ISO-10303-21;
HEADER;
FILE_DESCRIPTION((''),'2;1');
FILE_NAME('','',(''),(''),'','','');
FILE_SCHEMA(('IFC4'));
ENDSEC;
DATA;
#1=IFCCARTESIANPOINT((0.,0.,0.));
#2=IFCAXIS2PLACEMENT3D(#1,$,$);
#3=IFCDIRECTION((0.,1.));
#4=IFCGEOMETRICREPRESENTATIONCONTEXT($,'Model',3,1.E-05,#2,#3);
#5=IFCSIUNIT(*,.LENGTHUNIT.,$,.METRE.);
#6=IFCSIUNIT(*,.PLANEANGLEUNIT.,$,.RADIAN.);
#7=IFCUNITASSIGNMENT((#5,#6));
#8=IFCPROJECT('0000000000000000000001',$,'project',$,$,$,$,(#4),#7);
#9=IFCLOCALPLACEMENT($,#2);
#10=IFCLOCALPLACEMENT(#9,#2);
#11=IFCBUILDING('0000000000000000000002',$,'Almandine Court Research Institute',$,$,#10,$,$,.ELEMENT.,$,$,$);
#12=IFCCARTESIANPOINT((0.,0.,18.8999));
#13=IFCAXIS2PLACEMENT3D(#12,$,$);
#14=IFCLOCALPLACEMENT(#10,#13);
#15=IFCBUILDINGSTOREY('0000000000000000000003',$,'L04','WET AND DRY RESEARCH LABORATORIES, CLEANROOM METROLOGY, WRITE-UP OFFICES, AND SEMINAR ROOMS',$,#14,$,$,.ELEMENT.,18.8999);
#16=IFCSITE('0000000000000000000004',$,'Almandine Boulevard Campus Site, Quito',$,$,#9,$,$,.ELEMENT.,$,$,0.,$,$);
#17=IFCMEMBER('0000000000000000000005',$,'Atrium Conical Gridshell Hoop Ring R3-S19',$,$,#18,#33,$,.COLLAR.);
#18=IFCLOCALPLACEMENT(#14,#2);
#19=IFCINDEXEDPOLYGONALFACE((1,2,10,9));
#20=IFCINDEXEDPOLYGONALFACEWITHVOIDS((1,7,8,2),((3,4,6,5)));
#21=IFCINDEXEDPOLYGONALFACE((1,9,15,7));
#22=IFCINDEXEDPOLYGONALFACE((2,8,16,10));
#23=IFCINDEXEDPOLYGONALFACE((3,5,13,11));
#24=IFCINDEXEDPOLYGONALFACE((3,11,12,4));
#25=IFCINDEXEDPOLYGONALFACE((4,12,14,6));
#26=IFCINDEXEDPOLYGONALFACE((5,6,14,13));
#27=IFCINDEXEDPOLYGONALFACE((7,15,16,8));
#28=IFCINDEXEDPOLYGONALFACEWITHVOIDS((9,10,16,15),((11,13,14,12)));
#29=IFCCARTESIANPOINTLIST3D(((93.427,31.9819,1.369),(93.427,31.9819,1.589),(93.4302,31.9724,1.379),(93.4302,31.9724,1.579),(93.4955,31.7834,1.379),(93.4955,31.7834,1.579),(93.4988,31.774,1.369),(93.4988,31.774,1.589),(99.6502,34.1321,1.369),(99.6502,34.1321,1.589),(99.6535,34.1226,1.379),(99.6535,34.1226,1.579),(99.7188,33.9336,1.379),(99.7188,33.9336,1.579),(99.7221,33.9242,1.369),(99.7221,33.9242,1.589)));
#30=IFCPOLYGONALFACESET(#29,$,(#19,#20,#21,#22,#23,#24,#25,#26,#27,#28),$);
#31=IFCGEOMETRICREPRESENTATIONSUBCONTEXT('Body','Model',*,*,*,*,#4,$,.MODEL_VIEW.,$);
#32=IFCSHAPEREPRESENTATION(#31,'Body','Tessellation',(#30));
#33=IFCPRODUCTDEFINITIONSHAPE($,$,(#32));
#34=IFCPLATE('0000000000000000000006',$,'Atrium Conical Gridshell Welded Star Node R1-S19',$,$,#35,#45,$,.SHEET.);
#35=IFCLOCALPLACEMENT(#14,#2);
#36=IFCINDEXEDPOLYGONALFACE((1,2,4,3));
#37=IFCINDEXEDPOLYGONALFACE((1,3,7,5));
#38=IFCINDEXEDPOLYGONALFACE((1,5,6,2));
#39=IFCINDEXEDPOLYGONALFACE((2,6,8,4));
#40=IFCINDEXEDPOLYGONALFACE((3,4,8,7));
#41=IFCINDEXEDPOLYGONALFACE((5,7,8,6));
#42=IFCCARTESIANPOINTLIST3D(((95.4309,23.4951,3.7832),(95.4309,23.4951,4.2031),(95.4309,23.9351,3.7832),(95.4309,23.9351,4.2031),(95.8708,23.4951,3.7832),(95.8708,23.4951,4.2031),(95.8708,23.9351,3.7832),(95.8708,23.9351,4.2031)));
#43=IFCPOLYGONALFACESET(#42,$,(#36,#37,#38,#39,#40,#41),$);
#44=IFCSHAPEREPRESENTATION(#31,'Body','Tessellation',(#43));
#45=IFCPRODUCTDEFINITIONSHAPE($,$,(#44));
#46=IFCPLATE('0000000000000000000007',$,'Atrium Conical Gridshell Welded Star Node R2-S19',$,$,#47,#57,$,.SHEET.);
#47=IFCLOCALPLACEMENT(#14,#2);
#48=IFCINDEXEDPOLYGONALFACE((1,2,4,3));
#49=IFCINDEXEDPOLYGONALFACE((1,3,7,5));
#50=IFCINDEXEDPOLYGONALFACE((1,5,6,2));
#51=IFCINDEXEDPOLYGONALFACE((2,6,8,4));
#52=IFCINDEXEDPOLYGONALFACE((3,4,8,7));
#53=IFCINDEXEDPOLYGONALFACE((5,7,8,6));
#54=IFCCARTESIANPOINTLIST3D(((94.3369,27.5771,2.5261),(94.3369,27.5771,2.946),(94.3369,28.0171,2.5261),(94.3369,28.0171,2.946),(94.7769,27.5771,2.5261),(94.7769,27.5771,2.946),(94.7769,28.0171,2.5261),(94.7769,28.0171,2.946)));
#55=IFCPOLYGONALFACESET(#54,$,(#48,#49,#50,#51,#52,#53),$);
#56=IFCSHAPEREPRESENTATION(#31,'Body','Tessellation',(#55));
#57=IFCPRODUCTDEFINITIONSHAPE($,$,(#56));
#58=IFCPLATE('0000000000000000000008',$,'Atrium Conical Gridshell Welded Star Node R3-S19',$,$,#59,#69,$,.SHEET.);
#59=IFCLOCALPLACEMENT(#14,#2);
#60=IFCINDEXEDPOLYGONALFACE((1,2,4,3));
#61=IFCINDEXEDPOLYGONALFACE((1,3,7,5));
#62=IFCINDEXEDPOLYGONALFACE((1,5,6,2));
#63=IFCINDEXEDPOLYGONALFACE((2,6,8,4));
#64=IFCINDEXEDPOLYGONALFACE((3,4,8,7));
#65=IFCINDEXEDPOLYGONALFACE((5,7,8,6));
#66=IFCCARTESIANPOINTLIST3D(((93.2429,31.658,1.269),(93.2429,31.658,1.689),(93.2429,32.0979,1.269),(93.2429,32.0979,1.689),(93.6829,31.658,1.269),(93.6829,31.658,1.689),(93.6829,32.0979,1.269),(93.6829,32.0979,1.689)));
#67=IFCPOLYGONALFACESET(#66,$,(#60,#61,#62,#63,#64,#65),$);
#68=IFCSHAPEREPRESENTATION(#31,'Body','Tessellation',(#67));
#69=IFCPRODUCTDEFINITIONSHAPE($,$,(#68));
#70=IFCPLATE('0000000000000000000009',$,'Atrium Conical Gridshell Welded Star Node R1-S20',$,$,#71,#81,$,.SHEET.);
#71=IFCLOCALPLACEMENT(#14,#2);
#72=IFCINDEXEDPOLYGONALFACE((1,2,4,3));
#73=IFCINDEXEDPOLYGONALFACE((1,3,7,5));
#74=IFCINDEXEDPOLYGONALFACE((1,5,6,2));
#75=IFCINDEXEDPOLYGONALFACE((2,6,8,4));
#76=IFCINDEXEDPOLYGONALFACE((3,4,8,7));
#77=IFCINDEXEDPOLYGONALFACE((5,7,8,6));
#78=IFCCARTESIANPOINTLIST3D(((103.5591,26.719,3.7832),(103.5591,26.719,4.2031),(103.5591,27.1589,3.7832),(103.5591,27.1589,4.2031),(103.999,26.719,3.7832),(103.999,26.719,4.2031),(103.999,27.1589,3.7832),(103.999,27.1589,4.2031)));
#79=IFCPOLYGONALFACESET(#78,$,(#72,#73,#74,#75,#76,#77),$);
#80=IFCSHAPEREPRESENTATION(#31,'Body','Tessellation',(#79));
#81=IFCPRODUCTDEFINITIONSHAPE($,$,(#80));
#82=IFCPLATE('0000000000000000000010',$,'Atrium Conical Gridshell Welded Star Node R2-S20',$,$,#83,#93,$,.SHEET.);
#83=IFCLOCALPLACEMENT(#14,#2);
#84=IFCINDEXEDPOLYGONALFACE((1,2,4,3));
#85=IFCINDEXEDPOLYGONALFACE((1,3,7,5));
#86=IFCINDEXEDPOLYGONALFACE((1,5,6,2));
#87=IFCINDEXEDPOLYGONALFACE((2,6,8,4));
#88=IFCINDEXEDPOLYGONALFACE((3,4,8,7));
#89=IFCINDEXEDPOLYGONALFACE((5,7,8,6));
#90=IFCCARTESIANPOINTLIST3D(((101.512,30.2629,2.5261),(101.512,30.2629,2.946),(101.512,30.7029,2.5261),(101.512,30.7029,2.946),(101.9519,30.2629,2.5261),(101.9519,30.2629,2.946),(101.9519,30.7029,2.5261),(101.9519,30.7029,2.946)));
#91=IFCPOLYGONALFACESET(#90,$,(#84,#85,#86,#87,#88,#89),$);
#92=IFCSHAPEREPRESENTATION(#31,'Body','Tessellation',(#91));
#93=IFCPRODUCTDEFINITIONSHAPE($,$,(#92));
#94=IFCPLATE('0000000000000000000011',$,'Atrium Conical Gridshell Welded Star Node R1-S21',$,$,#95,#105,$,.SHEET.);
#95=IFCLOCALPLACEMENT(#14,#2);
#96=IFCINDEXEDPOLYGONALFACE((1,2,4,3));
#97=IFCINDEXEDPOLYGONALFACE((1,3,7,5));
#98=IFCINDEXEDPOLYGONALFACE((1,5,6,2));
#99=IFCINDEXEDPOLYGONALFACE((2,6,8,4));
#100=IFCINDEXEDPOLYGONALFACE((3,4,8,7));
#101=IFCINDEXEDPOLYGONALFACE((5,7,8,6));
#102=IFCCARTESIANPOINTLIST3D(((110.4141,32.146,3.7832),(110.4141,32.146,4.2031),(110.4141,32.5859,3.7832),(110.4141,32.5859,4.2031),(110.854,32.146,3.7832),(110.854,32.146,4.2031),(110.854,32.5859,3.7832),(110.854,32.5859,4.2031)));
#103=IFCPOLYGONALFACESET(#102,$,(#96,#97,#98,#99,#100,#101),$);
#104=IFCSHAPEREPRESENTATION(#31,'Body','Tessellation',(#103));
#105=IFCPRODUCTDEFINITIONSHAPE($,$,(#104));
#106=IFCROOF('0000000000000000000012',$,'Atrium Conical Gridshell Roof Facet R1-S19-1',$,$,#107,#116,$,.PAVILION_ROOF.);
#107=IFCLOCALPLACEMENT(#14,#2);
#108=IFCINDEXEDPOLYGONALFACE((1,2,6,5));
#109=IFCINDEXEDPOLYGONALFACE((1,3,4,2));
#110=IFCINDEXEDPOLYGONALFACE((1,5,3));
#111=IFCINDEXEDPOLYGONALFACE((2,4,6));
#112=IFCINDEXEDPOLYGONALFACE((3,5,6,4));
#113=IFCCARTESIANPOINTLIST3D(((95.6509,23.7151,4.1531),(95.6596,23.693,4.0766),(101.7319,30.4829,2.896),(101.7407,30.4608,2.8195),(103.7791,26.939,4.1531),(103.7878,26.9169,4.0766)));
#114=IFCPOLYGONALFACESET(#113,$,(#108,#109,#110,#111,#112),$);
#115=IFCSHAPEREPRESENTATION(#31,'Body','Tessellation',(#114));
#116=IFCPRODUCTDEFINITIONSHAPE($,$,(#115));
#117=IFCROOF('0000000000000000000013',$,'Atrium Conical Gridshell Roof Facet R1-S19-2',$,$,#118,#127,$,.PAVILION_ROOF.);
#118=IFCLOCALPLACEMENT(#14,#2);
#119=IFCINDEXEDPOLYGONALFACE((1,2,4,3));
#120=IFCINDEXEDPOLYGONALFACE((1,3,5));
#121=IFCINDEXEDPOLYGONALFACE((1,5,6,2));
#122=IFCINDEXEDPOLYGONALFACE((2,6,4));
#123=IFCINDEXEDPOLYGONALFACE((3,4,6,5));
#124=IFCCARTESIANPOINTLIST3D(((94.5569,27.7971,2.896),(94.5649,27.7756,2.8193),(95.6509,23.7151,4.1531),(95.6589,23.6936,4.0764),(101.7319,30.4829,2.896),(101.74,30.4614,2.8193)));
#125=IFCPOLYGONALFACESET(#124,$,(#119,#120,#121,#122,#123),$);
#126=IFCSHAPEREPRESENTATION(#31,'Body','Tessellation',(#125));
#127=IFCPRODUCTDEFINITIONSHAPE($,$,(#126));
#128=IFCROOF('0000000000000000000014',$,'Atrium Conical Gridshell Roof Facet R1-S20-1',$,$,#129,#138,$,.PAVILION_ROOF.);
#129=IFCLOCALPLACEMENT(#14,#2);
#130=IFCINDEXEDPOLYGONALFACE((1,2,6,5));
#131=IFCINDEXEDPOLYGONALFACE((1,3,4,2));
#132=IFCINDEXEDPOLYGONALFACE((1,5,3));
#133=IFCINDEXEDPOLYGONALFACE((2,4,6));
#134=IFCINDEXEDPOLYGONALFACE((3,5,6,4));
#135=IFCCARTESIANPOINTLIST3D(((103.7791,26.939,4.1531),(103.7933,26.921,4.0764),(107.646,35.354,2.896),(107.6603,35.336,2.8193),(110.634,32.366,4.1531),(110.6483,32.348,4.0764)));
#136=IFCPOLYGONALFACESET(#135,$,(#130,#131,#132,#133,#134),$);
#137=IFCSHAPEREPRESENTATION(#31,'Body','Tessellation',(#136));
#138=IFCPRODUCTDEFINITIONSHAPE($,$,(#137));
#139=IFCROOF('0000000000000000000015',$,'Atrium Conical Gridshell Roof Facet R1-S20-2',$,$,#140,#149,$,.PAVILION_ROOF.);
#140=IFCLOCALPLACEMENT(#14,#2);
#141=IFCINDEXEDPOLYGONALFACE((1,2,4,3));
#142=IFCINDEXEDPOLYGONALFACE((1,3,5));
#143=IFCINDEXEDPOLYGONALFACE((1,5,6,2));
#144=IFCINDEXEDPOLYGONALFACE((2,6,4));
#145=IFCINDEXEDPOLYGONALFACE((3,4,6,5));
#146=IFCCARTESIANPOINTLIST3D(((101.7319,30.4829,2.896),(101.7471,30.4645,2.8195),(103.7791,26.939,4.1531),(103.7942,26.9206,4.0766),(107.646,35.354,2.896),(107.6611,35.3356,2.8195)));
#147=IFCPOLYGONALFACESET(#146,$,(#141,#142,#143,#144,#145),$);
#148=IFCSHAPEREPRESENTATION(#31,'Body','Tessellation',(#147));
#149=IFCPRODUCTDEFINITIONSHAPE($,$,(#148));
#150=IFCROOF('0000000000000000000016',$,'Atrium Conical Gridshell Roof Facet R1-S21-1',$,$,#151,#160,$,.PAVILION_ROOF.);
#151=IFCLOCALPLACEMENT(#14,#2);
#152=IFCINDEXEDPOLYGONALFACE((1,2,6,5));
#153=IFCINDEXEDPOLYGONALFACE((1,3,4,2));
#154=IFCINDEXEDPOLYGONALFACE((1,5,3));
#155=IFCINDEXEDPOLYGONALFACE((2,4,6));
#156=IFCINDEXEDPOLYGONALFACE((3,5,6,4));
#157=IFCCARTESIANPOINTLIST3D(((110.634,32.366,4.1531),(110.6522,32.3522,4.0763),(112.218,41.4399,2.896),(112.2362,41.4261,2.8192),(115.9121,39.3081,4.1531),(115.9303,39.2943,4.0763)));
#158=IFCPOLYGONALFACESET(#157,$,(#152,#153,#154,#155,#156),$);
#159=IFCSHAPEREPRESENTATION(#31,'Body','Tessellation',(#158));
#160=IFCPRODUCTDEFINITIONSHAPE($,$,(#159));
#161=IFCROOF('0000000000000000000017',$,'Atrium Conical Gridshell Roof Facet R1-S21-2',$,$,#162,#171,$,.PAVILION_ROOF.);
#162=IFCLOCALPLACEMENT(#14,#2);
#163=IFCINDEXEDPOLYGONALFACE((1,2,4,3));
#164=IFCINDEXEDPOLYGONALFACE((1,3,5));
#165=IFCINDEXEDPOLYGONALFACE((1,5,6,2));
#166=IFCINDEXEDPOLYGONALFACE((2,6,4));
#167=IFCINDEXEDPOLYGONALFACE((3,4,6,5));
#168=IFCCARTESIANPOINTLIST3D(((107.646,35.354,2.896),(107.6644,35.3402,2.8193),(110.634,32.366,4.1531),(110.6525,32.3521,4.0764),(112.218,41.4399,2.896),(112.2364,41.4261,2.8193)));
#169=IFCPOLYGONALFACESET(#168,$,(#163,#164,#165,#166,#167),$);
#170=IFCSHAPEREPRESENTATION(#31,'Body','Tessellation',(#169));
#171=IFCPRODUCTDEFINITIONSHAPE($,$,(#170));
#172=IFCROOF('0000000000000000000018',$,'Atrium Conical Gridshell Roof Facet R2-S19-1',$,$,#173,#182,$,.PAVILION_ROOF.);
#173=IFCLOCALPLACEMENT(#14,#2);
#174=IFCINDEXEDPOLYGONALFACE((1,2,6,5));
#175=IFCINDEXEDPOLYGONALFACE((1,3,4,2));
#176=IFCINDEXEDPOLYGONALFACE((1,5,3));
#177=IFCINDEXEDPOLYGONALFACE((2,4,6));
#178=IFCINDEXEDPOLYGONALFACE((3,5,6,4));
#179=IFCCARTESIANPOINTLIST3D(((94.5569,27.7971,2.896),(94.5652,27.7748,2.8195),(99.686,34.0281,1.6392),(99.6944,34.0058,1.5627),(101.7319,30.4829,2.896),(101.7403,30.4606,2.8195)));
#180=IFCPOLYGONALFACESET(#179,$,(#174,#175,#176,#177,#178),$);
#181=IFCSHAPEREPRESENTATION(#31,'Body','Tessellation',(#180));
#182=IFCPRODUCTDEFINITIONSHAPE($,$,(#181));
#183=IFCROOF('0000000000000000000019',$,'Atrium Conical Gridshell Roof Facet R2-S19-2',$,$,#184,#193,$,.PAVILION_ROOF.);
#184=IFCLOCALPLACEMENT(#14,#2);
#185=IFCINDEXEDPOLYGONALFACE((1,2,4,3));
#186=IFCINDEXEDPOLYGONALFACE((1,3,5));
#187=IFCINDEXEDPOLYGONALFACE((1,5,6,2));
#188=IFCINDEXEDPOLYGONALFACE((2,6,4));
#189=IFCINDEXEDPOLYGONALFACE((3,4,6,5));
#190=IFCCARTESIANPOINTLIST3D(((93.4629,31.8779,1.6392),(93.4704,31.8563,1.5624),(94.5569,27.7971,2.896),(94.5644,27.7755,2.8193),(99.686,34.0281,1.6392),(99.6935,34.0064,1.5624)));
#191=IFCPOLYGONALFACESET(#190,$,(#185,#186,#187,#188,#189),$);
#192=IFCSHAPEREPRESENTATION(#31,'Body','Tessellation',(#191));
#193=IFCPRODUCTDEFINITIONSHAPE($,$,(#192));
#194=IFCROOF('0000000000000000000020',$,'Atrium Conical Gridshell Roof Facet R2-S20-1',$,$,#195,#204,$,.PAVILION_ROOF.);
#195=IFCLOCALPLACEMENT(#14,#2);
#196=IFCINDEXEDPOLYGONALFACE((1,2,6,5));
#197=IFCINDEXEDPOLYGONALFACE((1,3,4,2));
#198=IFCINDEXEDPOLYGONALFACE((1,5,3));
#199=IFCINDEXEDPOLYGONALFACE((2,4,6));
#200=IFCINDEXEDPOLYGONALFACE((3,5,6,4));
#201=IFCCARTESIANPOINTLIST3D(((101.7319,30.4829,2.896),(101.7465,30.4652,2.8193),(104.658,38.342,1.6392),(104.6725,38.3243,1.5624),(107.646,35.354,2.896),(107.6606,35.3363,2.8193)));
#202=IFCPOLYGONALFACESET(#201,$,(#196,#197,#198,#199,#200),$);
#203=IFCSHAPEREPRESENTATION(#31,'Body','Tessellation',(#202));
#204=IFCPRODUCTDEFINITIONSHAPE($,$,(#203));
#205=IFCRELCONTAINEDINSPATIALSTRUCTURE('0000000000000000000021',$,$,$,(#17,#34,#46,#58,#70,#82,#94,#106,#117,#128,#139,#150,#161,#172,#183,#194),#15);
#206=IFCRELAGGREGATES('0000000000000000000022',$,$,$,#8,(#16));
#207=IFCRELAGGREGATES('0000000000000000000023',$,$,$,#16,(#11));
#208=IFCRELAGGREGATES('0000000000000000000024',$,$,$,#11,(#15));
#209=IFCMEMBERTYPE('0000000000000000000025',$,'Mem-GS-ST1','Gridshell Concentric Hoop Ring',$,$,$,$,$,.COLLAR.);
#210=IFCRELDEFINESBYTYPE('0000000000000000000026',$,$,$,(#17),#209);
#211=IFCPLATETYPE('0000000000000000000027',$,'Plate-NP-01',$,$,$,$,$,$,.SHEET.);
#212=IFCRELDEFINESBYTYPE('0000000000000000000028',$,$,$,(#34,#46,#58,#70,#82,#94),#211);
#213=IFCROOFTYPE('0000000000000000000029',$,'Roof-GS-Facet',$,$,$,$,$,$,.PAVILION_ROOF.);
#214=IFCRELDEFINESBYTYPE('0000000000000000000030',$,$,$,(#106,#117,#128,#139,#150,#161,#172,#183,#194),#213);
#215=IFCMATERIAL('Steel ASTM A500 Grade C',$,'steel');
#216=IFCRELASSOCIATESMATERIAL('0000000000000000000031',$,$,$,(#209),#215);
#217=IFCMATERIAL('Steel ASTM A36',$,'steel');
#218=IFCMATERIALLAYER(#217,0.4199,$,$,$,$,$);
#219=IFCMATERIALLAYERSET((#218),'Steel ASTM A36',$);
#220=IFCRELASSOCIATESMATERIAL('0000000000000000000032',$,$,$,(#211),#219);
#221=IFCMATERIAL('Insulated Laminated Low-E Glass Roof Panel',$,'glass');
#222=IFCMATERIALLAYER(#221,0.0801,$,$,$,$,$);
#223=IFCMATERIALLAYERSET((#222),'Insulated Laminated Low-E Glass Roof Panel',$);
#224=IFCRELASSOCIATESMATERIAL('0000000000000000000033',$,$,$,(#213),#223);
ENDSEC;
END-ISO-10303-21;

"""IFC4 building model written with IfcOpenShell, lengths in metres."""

from ifc_helpers import new_model, si_unit, direction, frame, origin, origin_2d, place, context, subcontext, project, spatial, polyline, rectangle, hollow_rectangle, outline, extrude, material, layer, layer_set, material_profile, profile_set, type_object, element, save


model = new_model("IFC4")

# Units and contexts
model_context = context("Model", 3, precision=1e-05, world=origin(), true_north=direction((0.0, 1.0)))
body_context = subcontext(model_context, "Body", "Model", "MODEL_VIEW")
ifc_project = project(units=[si_unit("LENGTHUNIT", "METRE"), si_unit("PLANEANGLEUNIT", "RADIAN")], contexts=[model_context])

# Site, building, storey
site_placement = place(None, origin())
site = spatial("IfcSite", under=ifc_project, at=site_placement, Name="Almandine Boulevard Campus Site, Quito", CompositionType="ELEMENT", RefElevation=0.0)
building_placement = place(site_placement, origin())
building = spatial("IfcBuilding", under=site, at=building_placement, Name="Almandine Court Research Institute", CompositionType="ELEMENT")
storey_placement = place(building_placement, frame((0.0, 0.0, 18.8999)))
storey = spatial("IfcBuildingStorey", under=building, at=storey_placement, Name="L04", Description="WET AND DRY RESEARCH LABORATORIES, CLEANROOM METROLOGY, WRITE-UP OFFICES, AND SEMINAR ROOMS", CompositionType="ELEMENT", Elevation=18.8999)

# Shared definitions
ifc_material_1 = material(Name="Steel ASTM A500 Grade C", Category="steel")

# Member
ifc_material_profile_1 = material_profile(ifc_material_1, hollow_rectangle(XDim=0.22, YDim=0.22, WallThickness=0.01, at=origin_2d()), Name="HSS 220x220x10")
ifc_profile_set_1 = profile_set([ifc_material_profile_1], Name="Steel ASTM A500 Grade C")
member_type_1 = type_object("IfcMemberType", Name="Mem-GS-ST1", Description="Gridshell Concentric Hoop Ring", PredefinedType="COLLAR", material=ifc_profile_set_1)
member_1_placement = place(storey_placement, frame((93.4629, 31.8779, 1.479), z_axis=(0.945175, 0.326565, 0.0), x_axis=(-0.326565, 0.945175, 0.0)))
element("IfcMember", 1, at=member_1_placement, inside=storey, type_object=member_type_1, Name="Atrium Conical Gridshell Hoop Ring R3-S19", PredefinedType="COLLAR", context=body_context, shape_type="SweptSolid", body=[
    extrude(hollow_rectangle(XDim=0.22, YDim=0.22, WallThickness=0.01, at=origin_2d()), origin(), (0.0, 0.0, 1.0), 6.5842),
])

# Plates
ifc_material_2 = material(Name="Steel ASTM A36", Category="steel")
ifc_layer_1 = layer(ifc_material_2, 0.4199)
ifc_layer_set_1 = layer_set([ifc_layer_1], Name="Steel ASTM A36")
plate_type = type_object("IfcPlateType", Name="Plate-NP-01", PredefinedType="SHEET", material=ifc_layer_set_1)
for number, where, z_axis, x_axis, name in (
    (2, (95.6509, 23.7151, 3.7832), (0.0, 0.0, 1.0), (1.0, 0.0, 0.0), "Atrium Conical Gridshell Welded Star Node R1-S19"),
    (3, (94.5569, 27.7971, 2.5261), (0.0, 0.0, 1.0), (1.0, 0.0, 0.0), "Atrium Conical Gridshell Welded Star Node R2-S19"),
    (4, (93.4629, 31.8779, 1.269), (0.0, 0.0, 1.0), (1.0, 0.0, 0.0), "Atrium Conical Gridshell Welded Star Node R3-S19"),
    (5, (103.7791, 26.939, 3.7832), (0.0, 0.0, 1.0), (1.0, 0.0, 0.0), "Atrium Conical Gridshell Welded Star Node R1-S20"),
    (6, (101.7319, 30.4829, 2.5261), (0.0, 0.0, 1.0), (1.0, 0.0, 0.0), "Atrium Conical Gridshell Welded Star Node R2-S20"),
    (7, (110.634, 32.366, 3.7832), (0.0, 0.0, 1.0), (1.0, 0.0, 0.0), "Atrium Conical Gridshell Welded Star Node R1-S21"),
):
    element("IfcPlate", number, at=place(storey_placement, frame(where, z_axis=z_axis, x_axis=x_axis)), inside=storey, type_object=plate_type, Name=name, PredefinedType="SHEET", context=body_context, shape_type="SweptSolid", body=[
        extrude(rectangle(XDim=0.4399, YDim=0.4399, at=origin_2d()), origin(), (0.0, 0.0, 1.0), 0.4199),
    ])

# Roofs
ifc_material_3 = material(Name="Insulated Laminated Low-E Glass Roof Panel", Category="glass")
ifc_layer_2 = layer(ifc_material_3, 0.0801)
ifc_layer_set_2 = layer_set([ifc_layer_2], Name="Insulated Laminated Low-E Glass Roof Panel")
roof_type = type_object("IfcRoofType", Name="Roof-GS-Facet", PredefinedType="PAVILION_ROOF", material=ifc_layer_set_2)
roof_1_placement = place(storey_placement, frame((95.6509, 23.7151, 4.1531), z_axis=(-0.109317, 0.275615, 0.955032), x_axis=(0.929553, 0.368689, 0.0)))
element("IfcRoof", 8, at=roof_1_placement, inside=storey, type_object=roof_type, Name="Atrium Conical Gridshell Roof Facet R1-S19-1", PredefinedType="PAVILION_ROOF", context=body_context, shape_type="SweptSolid", body=[
    extrude(outline(polyline([(0.0, 0.0), (8.7442, 0.0), (8.1479, 4.2397), (0.0, 0.0)])), origin(), (0.0, 0.0, -1.0), 0.0801),
])
roof_2_placement = place(storey_placement, frame((95.6509, 23.7151, 4.1531), z_axis=(-0.100378, 0.268159, 0.958131), x_axis=(0.662069, 0.73684, -0.136863)))
element("IfcRoof", 9, at=roof_2_placement, inside=storey, type_object=roof_type, Name="Atrium Conical Gridshell Roof Facet R1-S19-2", PredefinedType="PAVILION_ROOF", context=body_context, shape_type="SweptSolid", body=[
    extrude(outline(polyline([(0.0, 0.0), (9.1849, 0.0), (2.4556, 3.662), (0.0, 0.0)])), origin(), (0.0, 0.0, -1.0), 0.0801),
])
roof_3_placement = place(storey_placement, frame((103.7791, 26.939, 4.1531), z_axis=(-0.178081, 0.224938, 0.957961), x_axis=(0.784038, 0.620713, 0.0)))
element("IfcRoof", 10, at=roof_3_placement, inside=storey, type_object=roof_type, Name="Atrium Conical Gridshell Roof Facet R1-S20-1", PredefinedType="PAVILION_ROOF", context=body_context, shape_type="SweptSolid", body=[
    extrude(outline(polyline([(0.0, 0.0), (8.7432, 0.0), (8.2552, 4.3816), (0.0, 0.0)])), origin(), (0.0, 0.0, -1.0), 0.0801),
])
roof_4_placement = place(storey_placement, frame((103.7791, 26.939, 4.1531), z_axis=(-0.189017, 0.229489, 0.954781), x_axis=(0.413757, 0.900396, -0.134506)))
element("IfcRoof", 11, at=roof_4_placement, inside=storey, type_object=roof_type, Name="Atrium Conical Gridshell Roof Facet R1-S20-2", PredefinedType="PAVILION_ROOF", context=body_context, shape_type="SweptSolid", body=[
    extrude(outline(polyline([(0.0, 0.0), (9.3459, 0.0), (2.513, 3.4663), (0.0, 0.0)])), origin(), (0.0, 0.0, -1.0), 0.0801),
])
roof_5_placement = place(storey_placement, frame((110.634, 32.366, 4.1531), z_axis=(-0.226723, 0.172377, 0.958584), x_axis=(0.605232, 0.796049, 0.0)))
element("IfcRoof", 12, at=roof_5_placement, inside=storey, type_object=roof_type, Name="Atrium Conical Gridshell Roof Facet R1-S21-1", PredefinedType="PAVILION_ROOF", context=body_context, shape_type="SweptSolid", body=[
    extrude(outline(polyline([(0.0, 0.0), (8.7207, 0.0), (8.182, 4.4137), (0.0, 0.0)])), origin(), (0.0, 0.0, -1.0), 0.0801),
])
roof_6_placement = place(storey_placement, frame((110.634, 32.366, 4.1531), z_axis=(-0.230071, 0.172839, 0.957703), x_axis=(0.170384, 0.976056, -0.13522)))
element("IfcRoof", 13, at=roof_6_placement, inside=storey, type_object=roof_type, Name="Atrium Conical Gridshell Roof Facet R1-S21-2", PredefinedType="PAVILION_ROOF", context=body_context, shape_type="SweptSolid", body=[
    extrude(outline(polyline([(0.0, 0.0), (9.2966, 0.0), (2.5774, 3.5769), (0.0, 0.0)])), origin(), (0.0, 0.0, -1.0), 0.0801),
])
roof_7_placement = place(storey_placement, frame((94.5569, 27.7971, 2.896), z_axis=(-0.104199, 0.278366, 0.954806), x_axis=(0.936537, 0.350568, 0.0)))
element("IfcRoof", 14, at=roof_7_placement, inside=storey, type_object=roof_type, Name="Atrium Conical Gridshell Roof Facet R2-S19-1", PredefinedType="PAVILION_ROOF", context=body_context, shape_type="SweptSolid", body=[
    extrude(outline(polyline([(0.0, 0.0), (7.6613, 0.0), (6.988, 4.2285), (0.0, 0.0)])), origin(), (0.0, 0.0, -1.0), 0.0801),
])
roof_8_placement = place(storey_placement, frame((94.5569, 27.7971, 2.896), z_axis=(-0.093329, 0.270121, 0.958292), x_axis=(0.627974, 0.76287, -0.153877)))
element("IfcRoof", 15, at=roof_8_placement, inside=storey, type_object=roof_type, Name="Atrium Conical Gridshell Roof Facet R2-S19-2", PredefinedType="PAVILION_ROOF", context=body_context, shape_type="SweptSolid", body=[
    extrude(outline(polyline([(0.0, 0.0), (8.1678, 0.0), (2.6195, 3.5451), (0.0, 0.0)])), origin(), (0.0, 0.0, -1.0), 0.0801),
])
roof_9_placement = place(storey_placement, frame((101.7319, 30.4829, 2.896), z_axis=(-0.182021, 0.220994, 0.958139), x_axis=(0.771886, 0.635761, 0.0)))
element("IfcRoof", 16, at=roof_9_placement, inside=storey, type_object=roof_type, Name="Atrium Conical Gridshell Roof Facet R2-S20-1", PredefinedType="PAVILION_ROOF", context=body_context, shape_type="SweptSolid", body=[
    extrude(outline(polyline([(0.0, 0.0), (7.6618, 0.0), (7.2551, 4.3899), (0.0, 0.0)])), origin(), (0.0, 0.0, -1.0), 0.0801),
])

save(model, "model.ifc")
